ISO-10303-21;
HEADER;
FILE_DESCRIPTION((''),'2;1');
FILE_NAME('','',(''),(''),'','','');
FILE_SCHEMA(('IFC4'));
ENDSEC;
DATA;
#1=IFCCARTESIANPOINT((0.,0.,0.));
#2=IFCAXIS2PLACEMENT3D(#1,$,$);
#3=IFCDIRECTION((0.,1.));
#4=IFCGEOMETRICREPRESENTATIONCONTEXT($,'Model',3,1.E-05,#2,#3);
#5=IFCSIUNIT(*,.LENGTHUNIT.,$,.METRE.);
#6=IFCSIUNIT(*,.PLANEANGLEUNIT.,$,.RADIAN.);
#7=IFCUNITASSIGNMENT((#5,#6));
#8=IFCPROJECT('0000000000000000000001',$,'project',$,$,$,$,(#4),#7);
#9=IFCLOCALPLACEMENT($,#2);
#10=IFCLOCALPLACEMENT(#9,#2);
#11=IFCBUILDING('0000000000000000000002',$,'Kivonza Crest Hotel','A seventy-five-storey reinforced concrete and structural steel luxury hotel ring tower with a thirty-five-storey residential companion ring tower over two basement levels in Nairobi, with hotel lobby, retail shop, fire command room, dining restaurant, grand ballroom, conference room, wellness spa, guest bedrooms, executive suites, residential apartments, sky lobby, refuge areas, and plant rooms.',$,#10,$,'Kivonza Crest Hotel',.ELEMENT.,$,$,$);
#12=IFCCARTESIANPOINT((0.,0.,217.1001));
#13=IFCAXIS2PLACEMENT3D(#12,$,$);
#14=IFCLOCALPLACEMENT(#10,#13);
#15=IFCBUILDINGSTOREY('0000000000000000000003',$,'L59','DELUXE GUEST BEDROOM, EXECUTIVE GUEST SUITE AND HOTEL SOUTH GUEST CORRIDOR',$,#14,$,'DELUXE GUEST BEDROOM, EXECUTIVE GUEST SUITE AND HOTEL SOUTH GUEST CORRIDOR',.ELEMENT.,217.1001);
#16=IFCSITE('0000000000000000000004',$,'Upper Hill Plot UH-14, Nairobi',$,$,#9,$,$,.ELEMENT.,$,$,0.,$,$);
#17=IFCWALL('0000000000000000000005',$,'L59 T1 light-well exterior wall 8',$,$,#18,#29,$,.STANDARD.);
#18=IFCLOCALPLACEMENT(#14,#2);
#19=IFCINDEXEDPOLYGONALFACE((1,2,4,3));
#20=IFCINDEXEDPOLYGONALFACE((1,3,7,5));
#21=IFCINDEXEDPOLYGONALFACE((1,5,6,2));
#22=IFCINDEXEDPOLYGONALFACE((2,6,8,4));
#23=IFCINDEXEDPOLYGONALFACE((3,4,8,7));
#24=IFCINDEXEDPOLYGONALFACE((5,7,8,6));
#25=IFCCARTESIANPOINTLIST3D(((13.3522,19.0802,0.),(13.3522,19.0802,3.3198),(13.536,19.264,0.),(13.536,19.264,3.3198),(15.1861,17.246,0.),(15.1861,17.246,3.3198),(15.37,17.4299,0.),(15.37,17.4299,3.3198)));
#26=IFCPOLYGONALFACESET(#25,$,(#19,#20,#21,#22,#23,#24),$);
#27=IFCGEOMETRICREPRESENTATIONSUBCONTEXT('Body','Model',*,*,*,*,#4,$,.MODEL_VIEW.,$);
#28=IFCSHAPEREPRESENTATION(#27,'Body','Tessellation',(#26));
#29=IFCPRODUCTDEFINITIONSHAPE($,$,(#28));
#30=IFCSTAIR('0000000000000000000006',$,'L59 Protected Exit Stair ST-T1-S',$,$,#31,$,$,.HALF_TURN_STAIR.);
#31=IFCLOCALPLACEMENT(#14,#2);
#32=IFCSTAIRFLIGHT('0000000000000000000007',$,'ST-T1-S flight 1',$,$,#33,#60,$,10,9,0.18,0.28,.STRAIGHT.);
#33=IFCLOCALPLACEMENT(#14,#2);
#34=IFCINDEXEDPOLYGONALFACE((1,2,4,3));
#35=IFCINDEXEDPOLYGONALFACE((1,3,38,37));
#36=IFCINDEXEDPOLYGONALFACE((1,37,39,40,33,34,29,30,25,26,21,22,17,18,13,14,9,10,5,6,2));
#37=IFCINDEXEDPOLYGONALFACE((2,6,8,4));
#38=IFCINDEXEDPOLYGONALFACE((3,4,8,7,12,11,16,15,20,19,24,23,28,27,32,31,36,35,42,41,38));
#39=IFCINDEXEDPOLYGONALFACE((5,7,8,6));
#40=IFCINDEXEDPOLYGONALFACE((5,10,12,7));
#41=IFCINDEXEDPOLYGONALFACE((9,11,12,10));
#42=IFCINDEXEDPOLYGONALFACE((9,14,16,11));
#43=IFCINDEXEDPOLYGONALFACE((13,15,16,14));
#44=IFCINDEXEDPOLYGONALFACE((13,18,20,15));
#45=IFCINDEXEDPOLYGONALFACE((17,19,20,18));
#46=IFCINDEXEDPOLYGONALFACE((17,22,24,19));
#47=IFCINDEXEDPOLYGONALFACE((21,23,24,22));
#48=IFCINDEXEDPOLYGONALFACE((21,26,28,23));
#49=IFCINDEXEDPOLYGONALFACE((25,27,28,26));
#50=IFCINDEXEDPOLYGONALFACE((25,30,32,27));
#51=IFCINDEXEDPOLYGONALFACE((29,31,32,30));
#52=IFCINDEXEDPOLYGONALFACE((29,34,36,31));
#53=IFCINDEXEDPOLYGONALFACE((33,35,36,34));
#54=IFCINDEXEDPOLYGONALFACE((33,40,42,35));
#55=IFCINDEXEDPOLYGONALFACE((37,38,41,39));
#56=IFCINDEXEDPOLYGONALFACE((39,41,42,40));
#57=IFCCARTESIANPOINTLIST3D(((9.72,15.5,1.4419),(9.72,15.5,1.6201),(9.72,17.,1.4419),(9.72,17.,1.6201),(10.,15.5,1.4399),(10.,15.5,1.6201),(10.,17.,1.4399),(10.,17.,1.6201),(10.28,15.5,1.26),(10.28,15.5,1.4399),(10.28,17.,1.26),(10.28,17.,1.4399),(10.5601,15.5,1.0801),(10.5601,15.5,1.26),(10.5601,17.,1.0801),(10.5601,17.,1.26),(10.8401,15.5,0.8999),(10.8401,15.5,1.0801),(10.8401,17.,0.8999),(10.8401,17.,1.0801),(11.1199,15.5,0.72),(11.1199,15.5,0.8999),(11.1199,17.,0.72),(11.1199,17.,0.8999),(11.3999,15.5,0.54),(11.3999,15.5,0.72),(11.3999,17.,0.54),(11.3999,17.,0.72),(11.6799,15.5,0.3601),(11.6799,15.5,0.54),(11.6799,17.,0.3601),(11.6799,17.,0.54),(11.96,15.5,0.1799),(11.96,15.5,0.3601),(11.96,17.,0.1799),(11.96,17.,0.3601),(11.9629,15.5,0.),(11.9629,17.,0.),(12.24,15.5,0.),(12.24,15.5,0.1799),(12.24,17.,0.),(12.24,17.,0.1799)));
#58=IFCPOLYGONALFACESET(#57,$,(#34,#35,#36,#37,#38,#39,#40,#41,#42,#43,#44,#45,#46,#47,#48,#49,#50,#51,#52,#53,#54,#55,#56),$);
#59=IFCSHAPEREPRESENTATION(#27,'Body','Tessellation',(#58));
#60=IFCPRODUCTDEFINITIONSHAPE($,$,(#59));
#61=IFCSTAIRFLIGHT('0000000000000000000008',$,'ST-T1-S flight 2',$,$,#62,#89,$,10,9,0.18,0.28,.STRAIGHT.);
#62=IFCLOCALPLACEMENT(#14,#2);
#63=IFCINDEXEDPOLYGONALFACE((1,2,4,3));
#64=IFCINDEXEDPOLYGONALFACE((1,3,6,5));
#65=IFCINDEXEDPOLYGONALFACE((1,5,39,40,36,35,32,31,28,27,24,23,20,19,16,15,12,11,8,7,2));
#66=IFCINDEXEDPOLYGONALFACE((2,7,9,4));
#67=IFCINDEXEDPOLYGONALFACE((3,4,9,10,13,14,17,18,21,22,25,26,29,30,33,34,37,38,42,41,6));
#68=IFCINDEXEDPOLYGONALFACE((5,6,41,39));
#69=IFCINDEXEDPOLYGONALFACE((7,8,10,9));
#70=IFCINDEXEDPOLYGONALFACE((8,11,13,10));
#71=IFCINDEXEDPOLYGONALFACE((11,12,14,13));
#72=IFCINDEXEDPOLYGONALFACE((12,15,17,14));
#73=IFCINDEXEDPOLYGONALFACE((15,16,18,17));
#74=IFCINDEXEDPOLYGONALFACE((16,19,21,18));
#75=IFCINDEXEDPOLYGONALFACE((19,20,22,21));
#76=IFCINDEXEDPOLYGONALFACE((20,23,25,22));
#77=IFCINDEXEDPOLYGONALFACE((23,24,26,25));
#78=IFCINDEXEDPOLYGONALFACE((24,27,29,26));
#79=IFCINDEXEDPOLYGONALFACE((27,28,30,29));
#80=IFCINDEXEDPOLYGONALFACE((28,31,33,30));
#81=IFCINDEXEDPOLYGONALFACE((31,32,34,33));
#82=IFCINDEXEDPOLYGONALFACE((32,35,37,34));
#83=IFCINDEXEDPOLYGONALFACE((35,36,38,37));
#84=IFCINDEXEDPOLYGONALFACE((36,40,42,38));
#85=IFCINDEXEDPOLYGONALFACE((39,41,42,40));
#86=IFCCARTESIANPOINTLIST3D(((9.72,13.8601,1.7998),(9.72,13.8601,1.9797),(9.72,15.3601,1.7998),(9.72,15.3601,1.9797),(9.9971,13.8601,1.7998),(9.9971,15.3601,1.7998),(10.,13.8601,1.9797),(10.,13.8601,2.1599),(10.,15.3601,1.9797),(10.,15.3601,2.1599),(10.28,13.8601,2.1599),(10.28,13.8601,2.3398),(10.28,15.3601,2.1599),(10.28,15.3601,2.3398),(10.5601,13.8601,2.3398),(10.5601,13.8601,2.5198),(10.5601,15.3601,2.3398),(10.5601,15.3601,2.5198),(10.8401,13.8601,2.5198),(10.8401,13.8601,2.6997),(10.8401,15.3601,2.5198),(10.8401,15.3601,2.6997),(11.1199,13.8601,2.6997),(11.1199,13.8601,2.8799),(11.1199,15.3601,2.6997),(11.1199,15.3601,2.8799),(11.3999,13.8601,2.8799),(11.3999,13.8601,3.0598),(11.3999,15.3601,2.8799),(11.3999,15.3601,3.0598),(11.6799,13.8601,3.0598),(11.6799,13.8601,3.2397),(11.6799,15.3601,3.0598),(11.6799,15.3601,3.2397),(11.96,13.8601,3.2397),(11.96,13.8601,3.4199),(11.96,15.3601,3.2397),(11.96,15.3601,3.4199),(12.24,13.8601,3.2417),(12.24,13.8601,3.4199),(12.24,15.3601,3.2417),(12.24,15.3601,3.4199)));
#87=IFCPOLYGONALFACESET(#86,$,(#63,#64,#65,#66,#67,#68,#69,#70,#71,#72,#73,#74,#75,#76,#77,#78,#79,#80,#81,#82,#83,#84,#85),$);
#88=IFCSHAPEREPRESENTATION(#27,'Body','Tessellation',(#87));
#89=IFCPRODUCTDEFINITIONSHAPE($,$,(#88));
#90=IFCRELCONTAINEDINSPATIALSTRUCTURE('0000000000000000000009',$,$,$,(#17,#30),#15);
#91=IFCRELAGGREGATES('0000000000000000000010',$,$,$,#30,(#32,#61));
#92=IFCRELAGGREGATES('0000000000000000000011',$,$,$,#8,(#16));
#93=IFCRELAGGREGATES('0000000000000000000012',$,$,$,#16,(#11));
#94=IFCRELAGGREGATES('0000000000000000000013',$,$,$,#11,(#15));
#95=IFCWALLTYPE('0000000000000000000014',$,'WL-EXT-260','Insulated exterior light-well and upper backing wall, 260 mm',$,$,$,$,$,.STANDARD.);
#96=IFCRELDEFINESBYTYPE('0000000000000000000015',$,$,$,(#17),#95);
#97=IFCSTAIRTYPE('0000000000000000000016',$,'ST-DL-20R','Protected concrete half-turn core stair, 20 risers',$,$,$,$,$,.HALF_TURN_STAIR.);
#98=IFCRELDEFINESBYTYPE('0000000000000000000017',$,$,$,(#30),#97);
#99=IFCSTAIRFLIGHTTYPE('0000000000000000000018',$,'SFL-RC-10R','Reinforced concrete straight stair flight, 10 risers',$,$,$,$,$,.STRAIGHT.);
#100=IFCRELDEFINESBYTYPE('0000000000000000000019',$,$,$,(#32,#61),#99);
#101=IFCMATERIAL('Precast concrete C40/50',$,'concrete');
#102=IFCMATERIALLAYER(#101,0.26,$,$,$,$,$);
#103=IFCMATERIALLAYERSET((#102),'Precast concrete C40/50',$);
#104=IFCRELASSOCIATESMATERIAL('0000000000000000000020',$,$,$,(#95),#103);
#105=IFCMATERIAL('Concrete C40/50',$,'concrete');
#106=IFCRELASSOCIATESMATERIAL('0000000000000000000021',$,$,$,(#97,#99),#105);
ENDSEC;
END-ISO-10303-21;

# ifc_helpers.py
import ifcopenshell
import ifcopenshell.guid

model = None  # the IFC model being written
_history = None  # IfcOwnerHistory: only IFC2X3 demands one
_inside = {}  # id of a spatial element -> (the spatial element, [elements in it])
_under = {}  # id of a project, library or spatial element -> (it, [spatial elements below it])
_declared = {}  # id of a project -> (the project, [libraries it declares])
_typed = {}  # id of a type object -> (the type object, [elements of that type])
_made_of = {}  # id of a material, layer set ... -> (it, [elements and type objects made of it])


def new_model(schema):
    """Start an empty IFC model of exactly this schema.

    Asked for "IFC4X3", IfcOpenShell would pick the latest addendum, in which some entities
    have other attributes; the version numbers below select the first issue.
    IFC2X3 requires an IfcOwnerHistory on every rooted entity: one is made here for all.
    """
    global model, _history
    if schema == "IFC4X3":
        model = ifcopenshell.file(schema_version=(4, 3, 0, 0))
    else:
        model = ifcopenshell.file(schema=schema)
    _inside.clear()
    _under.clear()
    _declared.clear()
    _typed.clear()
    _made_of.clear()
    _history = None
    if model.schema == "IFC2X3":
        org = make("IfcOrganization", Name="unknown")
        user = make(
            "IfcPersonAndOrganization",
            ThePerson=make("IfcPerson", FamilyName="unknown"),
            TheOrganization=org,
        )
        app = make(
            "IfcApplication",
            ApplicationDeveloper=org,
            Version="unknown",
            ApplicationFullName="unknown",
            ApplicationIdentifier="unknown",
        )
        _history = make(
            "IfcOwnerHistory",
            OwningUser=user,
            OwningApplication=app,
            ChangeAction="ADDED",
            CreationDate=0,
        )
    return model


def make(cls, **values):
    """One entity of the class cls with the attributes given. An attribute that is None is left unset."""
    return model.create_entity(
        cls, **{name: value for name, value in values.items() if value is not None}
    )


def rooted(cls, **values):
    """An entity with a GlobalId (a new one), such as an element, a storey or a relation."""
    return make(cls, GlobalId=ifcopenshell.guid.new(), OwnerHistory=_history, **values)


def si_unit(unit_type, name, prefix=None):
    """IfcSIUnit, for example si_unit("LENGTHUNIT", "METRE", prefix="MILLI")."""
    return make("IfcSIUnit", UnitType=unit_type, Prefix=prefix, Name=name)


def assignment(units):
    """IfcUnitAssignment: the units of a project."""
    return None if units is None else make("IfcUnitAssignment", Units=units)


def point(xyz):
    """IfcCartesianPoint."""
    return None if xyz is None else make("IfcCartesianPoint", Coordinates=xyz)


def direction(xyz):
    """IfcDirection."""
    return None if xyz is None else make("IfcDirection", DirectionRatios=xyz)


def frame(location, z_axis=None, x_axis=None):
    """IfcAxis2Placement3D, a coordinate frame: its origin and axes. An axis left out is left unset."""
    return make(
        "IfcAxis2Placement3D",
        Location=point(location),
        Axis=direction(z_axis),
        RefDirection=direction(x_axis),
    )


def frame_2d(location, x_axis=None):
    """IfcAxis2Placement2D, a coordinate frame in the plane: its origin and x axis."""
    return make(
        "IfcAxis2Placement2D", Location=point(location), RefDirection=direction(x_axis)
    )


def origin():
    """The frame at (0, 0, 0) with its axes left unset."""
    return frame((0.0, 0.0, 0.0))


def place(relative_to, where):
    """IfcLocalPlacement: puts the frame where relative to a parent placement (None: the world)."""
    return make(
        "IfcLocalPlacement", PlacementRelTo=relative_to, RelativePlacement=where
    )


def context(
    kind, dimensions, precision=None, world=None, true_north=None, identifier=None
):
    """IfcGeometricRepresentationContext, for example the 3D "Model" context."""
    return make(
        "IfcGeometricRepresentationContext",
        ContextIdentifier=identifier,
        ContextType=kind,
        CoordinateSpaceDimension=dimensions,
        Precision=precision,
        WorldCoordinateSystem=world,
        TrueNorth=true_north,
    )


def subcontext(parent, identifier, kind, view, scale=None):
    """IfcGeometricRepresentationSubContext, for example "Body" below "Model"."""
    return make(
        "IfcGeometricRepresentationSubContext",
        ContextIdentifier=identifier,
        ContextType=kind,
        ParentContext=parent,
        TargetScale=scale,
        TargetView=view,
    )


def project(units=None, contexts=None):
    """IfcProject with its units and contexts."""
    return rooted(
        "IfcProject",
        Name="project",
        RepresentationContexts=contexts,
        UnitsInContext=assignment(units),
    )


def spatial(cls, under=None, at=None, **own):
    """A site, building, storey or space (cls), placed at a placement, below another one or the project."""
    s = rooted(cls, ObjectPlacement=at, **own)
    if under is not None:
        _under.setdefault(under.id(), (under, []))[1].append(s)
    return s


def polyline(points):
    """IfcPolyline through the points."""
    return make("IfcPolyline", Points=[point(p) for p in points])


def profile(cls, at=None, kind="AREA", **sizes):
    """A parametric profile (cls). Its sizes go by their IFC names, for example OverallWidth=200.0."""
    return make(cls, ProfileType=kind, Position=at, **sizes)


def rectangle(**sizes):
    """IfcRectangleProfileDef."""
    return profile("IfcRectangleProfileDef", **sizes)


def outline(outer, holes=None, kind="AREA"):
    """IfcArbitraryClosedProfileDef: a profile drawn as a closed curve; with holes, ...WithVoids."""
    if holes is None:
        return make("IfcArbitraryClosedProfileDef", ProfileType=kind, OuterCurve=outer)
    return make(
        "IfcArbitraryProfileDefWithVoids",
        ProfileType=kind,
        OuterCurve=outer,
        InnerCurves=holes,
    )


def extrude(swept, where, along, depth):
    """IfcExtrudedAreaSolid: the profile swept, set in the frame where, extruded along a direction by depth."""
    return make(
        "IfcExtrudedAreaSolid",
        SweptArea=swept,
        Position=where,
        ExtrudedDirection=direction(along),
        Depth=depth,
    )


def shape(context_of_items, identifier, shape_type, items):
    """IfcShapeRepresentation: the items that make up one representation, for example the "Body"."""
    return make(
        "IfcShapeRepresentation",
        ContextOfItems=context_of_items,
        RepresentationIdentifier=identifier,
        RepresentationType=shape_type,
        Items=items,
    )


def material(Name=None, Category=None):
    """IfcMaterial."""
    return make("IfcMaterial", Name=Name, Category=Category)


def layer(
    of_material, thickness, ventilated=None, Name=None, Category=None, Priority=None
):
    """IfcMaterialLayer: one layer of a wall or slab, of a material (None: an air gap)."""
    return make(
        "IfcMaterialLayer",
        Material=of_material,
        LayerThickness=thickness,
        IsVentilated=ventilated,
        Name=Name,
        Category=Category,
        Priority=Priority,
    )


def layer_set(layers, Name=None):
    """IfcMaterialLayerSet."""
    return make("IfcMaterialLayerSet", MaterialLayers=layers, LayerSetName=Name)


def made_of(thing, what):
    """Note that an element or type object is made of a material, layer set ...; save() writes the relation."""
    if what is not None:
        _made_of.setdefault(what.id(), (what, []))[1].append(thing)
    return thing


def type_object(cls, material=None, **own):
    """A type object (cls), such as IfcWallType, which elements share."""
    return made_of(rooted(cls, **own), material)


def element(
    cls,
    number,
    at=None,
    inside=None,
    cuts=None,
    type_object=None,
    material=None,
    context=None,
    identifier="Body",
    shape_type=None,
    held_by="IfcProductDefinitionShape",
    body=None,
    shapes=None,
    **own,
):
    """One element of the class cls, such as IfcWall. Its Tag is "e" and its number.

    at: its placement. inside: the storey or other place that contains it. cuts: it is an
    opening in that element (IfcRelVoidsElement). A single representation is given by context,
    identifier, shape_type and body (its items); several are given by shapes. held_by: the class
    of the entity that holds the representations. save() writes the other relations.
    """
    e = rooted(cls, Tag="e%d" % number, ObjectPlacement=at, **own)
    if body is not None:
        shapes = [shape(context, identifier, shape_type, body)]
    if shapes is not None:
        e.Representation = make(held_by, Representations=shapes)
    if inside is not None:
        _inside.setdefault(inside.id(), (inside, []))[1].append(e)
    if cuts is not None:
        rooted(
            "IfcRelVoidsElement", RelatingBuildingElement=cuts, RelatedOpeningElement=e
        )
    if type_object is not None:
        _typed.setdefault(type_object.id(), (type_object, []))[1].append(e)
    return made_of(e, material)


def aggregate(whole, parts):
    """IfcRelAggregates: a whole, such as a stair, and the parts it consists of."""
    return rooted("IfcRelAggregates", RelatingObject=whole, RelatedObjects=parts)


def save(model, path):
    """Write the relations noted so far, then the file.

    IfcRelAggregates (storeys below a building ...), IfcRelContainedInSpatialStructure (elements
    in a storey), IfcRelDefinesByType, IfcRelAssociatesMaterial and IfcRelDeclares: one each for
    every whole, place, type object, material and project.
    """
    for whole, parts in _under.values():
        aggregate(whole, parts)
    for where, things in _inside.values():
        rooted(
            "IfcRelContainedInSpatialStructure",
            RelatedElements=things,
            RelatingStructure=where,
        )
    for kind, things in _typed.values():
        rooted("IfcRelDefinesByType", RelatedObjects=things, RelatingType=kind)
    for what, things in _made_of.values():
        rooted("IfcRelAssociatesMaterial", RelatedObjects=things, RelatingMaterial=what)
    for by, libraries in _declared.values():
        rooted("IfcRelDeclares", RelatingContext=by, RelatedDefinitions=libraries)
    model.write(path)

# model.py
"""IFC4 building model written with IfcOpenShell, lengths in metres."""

from ifc_helpers import new_model, si_unit, direction, frame, frame_2d, origin, place, context, subcontext, project, spatial, polyline, rectangle, outline, extrude, material, layer, layer_set, type_object, element, aggregate, save


model = new_model("IFC4")

# Units and contexts
model_context = context("Model", 3, precision=1e-05, world=origin(), true_north=direction((0.0, 1.0)))
body_context = subcontext(model_context, "Body", "Model", "MODEL_VIEW")
ifc_project = project(units=[si_unit("LENGTHUNIT", "METRE"), si_unit("PLANEANGLEUNIT", "RADIAN")], contexts=[model_context])

# Site, building, storey
site_placement = place(None, origin())
site = spatial("IfcSite", under=ifc_project, at=site_placement, Name="Upper Hill Plot UH-14, Nairobi", CompositionType="ELEMENT", RefElevation=0.0)
building_placement = place(site_placement, origin())
building = spatial("IfcBuilding", under=site, at=building_placement, Name="Kivonza Crest Hotel", Description="A seventy-five-storey reinforced concrete and structural steel luxury hotel ring tower with a thirty-five-storey residential companion ring tower over two basement levels in Nairobi, with hotel lobby, retail shop, fire command room, dining restaurant, grand ballroom, conference room, wellness spa, guest bedrooms, executive suites, residential apartments, sky lobby, refuge areas, and plant rooms.", LongName="Kivonza Crest Hotel", CompositionType="ELEMENT")
storey_placement = place(building_placement, frame((0.0, 0.0, 217.1001)))
storey = spatial("IfcBuildingStorey", under=building, at=storey_placement, Name="L59", Description="DELUXE GUEST BEDROOM, EXECUTIVE GUEST SUITE AND HOTEL SOUTH GUEST CORRIDOR", LongName="DELUXE GUEST BEDROOM, EXECUTIVE GUEST SUITE AND HOTEL SOUTH GUEST CORRIDOR", CompositionType="ELEMENT", Elevation=217.1001)

# Wall
ifc_material_1 = material(Name="Precast concrete C40/50", Category="concrete")
ifc_layer_1 = layer(ifc_material_1, 0.26)
ifc_layer_set_1 = layer_set([ifc_layer_1], Name="Precast concrete C40/50")
wall_type_1 = type_object("IfcWallType", Name="WL-EXT-260", Description="Insulated exterior light-well and upper backing wall, 260 mm", PredefinedType="STANDARD", material=ifc_layer_set_1)
wall_1_placement = place(storey_placement, frame((13.4441, 19.1721, 0.0), z_axis=(0.0, 0.0, 1.0), x_axis=(0.70706, -0.707154, 0.0)))
element("IfcWall", 1, at=wall_1_placement, inside=storey, type_object=wall_type_1, Name="L59 T1 light-well exterior wall 8", PredefinedType="STANDARD", context=body_context, shape_type="SweptSolid", body=[
    extrude(rectangle(XDim=2.5938, YDim=0.26, at=frame_2d((1.2969, 0.0))), origin(), (0.0, 0.0, 1.0), 3.3198),
])

# Stair, stair flights
ifc_material_2 = material(Name="Concrete C40/50", Category="concrete")
stair_type = type_object("IfcStairType", Name="ST-DL-20R", Description="Protected concrete half-turn core stair, 20 risers", PredefinedType="HALF_TURN_STAIR", material=ifc_material_2)
stair_placement = place(storey_placement, origin())
stair = element("IfcStair", 2, at=stair_placement, inside=storey, type_object=stair_type, Name="L59 Protected Exit Stair ST-T1-S", PredefinedType="HALF_TURN_STAIR")
stair_flight_type = type_object("IfcStairFlightType", Name="SFL-RC-10R", Description="Reinforced concrete straight stair flight, 10 risers", PredefinedType="STRAIGHT", material=ifc_material_2)
stair_flight_1_placement = place(storey_placement, frame((12.24, 16.25, 0.0), z_axis=(0.0, 0.0, 1.0), x_axis=(-1.0, 0.0, 0.0)))
stair_flight_1 = element("IfcStairFlight", 3, at=stair_flight_1_placement, type_object=stair_flight_type, Name="ST-T1-S flight 1", NumberOfRisers=10, NumberOfTreads=9, PredefinedType="STRAIGHT", RiserHeight=0.18, TreadLength=0.28, context=body_context, shape_type="SweptSolid", body=[
    extrude(outline(polyline([(0.0, 0.0), (0.0, 0.1799), (0.28, 0.1799), (0.28, 0.3601), (0.5601, 0.3601), (0.5601, 0.54), (0.8401, 0.54), (0.8401, 0.72), (1.1201, 0.72), (1.1201, 0.8999), (1.3999, 0.8999), (1.3999, 1.0801), (1.6799, 1.0801), (1.6799, 1.26), (1.96, 1.26), (1.96, 1.4399), (2.24, 1.4399), (2.24, 1.6201), (2.52, 1.6201), (2.52, 1.8), (2.52, 1.4419), (0.2771, 0.0), (0.0, 0.0)])), frame((0.0, 0.75, 0.0), z_axis=(0.0, -1.0, 0.0), x_axis=(1.0, 0.0, 0.0)), (0.0, 0.0, 1.0), 1.5),
])
stair_flight_2_placement = place(storey_placement, frame((9.72, 14.6101, 1.7998), z_axis=(0.0, 0.0, 1.0), x_axis=(1.0, 0.0, 0.0)))
stair_flight_2 = element("IfcStairFlight", 4, at=stair_flight_2_placement, type_object=stair_flight_type, Name="ST-T1-S flight 2", NumberOfRisers=10, NumberOfTreads=9, PredefinedType="STRAIGHT", RiserHeight=0.18, TreadLength=0.28, context=body_context, shape_type="SweptSolid", body=[
    extrude(outline(polyline([(0.0, 0.0), (0.0, 0.1799), (0.28, 0.1799), (0.28, 0.3601), (0.5601, 0.3601), (0.5601, 0.54), (0.8401, 0.54), (0.8401, 0.72), (1.1201, 0.72), (1.1201, 0.8999), (1.3999, 0.8999), (1.3999, 1.0801), (1.6799, 1.0801), (1.6799, 1.26), (1.96, 1.26), (1.96, 1.4399), (2.24, 1.4399), (2.24, 1.6201), (2.52, 1.6201), (2.52, 1.8), (2.52, 1.4419), (0.2771, 0.0), (0.0, 0.0)])), frame((0.0, 0.75, 0.0), z_axis=(0.0, -1.0, 0.0), x_axis=(1.0, 0.0, 0.0)), (0.0, 0.0, 1.0), 1.5),
])
aggregate(stair, [stair_flight_1, stair_flight_2])

save(model, "model.ifc")
